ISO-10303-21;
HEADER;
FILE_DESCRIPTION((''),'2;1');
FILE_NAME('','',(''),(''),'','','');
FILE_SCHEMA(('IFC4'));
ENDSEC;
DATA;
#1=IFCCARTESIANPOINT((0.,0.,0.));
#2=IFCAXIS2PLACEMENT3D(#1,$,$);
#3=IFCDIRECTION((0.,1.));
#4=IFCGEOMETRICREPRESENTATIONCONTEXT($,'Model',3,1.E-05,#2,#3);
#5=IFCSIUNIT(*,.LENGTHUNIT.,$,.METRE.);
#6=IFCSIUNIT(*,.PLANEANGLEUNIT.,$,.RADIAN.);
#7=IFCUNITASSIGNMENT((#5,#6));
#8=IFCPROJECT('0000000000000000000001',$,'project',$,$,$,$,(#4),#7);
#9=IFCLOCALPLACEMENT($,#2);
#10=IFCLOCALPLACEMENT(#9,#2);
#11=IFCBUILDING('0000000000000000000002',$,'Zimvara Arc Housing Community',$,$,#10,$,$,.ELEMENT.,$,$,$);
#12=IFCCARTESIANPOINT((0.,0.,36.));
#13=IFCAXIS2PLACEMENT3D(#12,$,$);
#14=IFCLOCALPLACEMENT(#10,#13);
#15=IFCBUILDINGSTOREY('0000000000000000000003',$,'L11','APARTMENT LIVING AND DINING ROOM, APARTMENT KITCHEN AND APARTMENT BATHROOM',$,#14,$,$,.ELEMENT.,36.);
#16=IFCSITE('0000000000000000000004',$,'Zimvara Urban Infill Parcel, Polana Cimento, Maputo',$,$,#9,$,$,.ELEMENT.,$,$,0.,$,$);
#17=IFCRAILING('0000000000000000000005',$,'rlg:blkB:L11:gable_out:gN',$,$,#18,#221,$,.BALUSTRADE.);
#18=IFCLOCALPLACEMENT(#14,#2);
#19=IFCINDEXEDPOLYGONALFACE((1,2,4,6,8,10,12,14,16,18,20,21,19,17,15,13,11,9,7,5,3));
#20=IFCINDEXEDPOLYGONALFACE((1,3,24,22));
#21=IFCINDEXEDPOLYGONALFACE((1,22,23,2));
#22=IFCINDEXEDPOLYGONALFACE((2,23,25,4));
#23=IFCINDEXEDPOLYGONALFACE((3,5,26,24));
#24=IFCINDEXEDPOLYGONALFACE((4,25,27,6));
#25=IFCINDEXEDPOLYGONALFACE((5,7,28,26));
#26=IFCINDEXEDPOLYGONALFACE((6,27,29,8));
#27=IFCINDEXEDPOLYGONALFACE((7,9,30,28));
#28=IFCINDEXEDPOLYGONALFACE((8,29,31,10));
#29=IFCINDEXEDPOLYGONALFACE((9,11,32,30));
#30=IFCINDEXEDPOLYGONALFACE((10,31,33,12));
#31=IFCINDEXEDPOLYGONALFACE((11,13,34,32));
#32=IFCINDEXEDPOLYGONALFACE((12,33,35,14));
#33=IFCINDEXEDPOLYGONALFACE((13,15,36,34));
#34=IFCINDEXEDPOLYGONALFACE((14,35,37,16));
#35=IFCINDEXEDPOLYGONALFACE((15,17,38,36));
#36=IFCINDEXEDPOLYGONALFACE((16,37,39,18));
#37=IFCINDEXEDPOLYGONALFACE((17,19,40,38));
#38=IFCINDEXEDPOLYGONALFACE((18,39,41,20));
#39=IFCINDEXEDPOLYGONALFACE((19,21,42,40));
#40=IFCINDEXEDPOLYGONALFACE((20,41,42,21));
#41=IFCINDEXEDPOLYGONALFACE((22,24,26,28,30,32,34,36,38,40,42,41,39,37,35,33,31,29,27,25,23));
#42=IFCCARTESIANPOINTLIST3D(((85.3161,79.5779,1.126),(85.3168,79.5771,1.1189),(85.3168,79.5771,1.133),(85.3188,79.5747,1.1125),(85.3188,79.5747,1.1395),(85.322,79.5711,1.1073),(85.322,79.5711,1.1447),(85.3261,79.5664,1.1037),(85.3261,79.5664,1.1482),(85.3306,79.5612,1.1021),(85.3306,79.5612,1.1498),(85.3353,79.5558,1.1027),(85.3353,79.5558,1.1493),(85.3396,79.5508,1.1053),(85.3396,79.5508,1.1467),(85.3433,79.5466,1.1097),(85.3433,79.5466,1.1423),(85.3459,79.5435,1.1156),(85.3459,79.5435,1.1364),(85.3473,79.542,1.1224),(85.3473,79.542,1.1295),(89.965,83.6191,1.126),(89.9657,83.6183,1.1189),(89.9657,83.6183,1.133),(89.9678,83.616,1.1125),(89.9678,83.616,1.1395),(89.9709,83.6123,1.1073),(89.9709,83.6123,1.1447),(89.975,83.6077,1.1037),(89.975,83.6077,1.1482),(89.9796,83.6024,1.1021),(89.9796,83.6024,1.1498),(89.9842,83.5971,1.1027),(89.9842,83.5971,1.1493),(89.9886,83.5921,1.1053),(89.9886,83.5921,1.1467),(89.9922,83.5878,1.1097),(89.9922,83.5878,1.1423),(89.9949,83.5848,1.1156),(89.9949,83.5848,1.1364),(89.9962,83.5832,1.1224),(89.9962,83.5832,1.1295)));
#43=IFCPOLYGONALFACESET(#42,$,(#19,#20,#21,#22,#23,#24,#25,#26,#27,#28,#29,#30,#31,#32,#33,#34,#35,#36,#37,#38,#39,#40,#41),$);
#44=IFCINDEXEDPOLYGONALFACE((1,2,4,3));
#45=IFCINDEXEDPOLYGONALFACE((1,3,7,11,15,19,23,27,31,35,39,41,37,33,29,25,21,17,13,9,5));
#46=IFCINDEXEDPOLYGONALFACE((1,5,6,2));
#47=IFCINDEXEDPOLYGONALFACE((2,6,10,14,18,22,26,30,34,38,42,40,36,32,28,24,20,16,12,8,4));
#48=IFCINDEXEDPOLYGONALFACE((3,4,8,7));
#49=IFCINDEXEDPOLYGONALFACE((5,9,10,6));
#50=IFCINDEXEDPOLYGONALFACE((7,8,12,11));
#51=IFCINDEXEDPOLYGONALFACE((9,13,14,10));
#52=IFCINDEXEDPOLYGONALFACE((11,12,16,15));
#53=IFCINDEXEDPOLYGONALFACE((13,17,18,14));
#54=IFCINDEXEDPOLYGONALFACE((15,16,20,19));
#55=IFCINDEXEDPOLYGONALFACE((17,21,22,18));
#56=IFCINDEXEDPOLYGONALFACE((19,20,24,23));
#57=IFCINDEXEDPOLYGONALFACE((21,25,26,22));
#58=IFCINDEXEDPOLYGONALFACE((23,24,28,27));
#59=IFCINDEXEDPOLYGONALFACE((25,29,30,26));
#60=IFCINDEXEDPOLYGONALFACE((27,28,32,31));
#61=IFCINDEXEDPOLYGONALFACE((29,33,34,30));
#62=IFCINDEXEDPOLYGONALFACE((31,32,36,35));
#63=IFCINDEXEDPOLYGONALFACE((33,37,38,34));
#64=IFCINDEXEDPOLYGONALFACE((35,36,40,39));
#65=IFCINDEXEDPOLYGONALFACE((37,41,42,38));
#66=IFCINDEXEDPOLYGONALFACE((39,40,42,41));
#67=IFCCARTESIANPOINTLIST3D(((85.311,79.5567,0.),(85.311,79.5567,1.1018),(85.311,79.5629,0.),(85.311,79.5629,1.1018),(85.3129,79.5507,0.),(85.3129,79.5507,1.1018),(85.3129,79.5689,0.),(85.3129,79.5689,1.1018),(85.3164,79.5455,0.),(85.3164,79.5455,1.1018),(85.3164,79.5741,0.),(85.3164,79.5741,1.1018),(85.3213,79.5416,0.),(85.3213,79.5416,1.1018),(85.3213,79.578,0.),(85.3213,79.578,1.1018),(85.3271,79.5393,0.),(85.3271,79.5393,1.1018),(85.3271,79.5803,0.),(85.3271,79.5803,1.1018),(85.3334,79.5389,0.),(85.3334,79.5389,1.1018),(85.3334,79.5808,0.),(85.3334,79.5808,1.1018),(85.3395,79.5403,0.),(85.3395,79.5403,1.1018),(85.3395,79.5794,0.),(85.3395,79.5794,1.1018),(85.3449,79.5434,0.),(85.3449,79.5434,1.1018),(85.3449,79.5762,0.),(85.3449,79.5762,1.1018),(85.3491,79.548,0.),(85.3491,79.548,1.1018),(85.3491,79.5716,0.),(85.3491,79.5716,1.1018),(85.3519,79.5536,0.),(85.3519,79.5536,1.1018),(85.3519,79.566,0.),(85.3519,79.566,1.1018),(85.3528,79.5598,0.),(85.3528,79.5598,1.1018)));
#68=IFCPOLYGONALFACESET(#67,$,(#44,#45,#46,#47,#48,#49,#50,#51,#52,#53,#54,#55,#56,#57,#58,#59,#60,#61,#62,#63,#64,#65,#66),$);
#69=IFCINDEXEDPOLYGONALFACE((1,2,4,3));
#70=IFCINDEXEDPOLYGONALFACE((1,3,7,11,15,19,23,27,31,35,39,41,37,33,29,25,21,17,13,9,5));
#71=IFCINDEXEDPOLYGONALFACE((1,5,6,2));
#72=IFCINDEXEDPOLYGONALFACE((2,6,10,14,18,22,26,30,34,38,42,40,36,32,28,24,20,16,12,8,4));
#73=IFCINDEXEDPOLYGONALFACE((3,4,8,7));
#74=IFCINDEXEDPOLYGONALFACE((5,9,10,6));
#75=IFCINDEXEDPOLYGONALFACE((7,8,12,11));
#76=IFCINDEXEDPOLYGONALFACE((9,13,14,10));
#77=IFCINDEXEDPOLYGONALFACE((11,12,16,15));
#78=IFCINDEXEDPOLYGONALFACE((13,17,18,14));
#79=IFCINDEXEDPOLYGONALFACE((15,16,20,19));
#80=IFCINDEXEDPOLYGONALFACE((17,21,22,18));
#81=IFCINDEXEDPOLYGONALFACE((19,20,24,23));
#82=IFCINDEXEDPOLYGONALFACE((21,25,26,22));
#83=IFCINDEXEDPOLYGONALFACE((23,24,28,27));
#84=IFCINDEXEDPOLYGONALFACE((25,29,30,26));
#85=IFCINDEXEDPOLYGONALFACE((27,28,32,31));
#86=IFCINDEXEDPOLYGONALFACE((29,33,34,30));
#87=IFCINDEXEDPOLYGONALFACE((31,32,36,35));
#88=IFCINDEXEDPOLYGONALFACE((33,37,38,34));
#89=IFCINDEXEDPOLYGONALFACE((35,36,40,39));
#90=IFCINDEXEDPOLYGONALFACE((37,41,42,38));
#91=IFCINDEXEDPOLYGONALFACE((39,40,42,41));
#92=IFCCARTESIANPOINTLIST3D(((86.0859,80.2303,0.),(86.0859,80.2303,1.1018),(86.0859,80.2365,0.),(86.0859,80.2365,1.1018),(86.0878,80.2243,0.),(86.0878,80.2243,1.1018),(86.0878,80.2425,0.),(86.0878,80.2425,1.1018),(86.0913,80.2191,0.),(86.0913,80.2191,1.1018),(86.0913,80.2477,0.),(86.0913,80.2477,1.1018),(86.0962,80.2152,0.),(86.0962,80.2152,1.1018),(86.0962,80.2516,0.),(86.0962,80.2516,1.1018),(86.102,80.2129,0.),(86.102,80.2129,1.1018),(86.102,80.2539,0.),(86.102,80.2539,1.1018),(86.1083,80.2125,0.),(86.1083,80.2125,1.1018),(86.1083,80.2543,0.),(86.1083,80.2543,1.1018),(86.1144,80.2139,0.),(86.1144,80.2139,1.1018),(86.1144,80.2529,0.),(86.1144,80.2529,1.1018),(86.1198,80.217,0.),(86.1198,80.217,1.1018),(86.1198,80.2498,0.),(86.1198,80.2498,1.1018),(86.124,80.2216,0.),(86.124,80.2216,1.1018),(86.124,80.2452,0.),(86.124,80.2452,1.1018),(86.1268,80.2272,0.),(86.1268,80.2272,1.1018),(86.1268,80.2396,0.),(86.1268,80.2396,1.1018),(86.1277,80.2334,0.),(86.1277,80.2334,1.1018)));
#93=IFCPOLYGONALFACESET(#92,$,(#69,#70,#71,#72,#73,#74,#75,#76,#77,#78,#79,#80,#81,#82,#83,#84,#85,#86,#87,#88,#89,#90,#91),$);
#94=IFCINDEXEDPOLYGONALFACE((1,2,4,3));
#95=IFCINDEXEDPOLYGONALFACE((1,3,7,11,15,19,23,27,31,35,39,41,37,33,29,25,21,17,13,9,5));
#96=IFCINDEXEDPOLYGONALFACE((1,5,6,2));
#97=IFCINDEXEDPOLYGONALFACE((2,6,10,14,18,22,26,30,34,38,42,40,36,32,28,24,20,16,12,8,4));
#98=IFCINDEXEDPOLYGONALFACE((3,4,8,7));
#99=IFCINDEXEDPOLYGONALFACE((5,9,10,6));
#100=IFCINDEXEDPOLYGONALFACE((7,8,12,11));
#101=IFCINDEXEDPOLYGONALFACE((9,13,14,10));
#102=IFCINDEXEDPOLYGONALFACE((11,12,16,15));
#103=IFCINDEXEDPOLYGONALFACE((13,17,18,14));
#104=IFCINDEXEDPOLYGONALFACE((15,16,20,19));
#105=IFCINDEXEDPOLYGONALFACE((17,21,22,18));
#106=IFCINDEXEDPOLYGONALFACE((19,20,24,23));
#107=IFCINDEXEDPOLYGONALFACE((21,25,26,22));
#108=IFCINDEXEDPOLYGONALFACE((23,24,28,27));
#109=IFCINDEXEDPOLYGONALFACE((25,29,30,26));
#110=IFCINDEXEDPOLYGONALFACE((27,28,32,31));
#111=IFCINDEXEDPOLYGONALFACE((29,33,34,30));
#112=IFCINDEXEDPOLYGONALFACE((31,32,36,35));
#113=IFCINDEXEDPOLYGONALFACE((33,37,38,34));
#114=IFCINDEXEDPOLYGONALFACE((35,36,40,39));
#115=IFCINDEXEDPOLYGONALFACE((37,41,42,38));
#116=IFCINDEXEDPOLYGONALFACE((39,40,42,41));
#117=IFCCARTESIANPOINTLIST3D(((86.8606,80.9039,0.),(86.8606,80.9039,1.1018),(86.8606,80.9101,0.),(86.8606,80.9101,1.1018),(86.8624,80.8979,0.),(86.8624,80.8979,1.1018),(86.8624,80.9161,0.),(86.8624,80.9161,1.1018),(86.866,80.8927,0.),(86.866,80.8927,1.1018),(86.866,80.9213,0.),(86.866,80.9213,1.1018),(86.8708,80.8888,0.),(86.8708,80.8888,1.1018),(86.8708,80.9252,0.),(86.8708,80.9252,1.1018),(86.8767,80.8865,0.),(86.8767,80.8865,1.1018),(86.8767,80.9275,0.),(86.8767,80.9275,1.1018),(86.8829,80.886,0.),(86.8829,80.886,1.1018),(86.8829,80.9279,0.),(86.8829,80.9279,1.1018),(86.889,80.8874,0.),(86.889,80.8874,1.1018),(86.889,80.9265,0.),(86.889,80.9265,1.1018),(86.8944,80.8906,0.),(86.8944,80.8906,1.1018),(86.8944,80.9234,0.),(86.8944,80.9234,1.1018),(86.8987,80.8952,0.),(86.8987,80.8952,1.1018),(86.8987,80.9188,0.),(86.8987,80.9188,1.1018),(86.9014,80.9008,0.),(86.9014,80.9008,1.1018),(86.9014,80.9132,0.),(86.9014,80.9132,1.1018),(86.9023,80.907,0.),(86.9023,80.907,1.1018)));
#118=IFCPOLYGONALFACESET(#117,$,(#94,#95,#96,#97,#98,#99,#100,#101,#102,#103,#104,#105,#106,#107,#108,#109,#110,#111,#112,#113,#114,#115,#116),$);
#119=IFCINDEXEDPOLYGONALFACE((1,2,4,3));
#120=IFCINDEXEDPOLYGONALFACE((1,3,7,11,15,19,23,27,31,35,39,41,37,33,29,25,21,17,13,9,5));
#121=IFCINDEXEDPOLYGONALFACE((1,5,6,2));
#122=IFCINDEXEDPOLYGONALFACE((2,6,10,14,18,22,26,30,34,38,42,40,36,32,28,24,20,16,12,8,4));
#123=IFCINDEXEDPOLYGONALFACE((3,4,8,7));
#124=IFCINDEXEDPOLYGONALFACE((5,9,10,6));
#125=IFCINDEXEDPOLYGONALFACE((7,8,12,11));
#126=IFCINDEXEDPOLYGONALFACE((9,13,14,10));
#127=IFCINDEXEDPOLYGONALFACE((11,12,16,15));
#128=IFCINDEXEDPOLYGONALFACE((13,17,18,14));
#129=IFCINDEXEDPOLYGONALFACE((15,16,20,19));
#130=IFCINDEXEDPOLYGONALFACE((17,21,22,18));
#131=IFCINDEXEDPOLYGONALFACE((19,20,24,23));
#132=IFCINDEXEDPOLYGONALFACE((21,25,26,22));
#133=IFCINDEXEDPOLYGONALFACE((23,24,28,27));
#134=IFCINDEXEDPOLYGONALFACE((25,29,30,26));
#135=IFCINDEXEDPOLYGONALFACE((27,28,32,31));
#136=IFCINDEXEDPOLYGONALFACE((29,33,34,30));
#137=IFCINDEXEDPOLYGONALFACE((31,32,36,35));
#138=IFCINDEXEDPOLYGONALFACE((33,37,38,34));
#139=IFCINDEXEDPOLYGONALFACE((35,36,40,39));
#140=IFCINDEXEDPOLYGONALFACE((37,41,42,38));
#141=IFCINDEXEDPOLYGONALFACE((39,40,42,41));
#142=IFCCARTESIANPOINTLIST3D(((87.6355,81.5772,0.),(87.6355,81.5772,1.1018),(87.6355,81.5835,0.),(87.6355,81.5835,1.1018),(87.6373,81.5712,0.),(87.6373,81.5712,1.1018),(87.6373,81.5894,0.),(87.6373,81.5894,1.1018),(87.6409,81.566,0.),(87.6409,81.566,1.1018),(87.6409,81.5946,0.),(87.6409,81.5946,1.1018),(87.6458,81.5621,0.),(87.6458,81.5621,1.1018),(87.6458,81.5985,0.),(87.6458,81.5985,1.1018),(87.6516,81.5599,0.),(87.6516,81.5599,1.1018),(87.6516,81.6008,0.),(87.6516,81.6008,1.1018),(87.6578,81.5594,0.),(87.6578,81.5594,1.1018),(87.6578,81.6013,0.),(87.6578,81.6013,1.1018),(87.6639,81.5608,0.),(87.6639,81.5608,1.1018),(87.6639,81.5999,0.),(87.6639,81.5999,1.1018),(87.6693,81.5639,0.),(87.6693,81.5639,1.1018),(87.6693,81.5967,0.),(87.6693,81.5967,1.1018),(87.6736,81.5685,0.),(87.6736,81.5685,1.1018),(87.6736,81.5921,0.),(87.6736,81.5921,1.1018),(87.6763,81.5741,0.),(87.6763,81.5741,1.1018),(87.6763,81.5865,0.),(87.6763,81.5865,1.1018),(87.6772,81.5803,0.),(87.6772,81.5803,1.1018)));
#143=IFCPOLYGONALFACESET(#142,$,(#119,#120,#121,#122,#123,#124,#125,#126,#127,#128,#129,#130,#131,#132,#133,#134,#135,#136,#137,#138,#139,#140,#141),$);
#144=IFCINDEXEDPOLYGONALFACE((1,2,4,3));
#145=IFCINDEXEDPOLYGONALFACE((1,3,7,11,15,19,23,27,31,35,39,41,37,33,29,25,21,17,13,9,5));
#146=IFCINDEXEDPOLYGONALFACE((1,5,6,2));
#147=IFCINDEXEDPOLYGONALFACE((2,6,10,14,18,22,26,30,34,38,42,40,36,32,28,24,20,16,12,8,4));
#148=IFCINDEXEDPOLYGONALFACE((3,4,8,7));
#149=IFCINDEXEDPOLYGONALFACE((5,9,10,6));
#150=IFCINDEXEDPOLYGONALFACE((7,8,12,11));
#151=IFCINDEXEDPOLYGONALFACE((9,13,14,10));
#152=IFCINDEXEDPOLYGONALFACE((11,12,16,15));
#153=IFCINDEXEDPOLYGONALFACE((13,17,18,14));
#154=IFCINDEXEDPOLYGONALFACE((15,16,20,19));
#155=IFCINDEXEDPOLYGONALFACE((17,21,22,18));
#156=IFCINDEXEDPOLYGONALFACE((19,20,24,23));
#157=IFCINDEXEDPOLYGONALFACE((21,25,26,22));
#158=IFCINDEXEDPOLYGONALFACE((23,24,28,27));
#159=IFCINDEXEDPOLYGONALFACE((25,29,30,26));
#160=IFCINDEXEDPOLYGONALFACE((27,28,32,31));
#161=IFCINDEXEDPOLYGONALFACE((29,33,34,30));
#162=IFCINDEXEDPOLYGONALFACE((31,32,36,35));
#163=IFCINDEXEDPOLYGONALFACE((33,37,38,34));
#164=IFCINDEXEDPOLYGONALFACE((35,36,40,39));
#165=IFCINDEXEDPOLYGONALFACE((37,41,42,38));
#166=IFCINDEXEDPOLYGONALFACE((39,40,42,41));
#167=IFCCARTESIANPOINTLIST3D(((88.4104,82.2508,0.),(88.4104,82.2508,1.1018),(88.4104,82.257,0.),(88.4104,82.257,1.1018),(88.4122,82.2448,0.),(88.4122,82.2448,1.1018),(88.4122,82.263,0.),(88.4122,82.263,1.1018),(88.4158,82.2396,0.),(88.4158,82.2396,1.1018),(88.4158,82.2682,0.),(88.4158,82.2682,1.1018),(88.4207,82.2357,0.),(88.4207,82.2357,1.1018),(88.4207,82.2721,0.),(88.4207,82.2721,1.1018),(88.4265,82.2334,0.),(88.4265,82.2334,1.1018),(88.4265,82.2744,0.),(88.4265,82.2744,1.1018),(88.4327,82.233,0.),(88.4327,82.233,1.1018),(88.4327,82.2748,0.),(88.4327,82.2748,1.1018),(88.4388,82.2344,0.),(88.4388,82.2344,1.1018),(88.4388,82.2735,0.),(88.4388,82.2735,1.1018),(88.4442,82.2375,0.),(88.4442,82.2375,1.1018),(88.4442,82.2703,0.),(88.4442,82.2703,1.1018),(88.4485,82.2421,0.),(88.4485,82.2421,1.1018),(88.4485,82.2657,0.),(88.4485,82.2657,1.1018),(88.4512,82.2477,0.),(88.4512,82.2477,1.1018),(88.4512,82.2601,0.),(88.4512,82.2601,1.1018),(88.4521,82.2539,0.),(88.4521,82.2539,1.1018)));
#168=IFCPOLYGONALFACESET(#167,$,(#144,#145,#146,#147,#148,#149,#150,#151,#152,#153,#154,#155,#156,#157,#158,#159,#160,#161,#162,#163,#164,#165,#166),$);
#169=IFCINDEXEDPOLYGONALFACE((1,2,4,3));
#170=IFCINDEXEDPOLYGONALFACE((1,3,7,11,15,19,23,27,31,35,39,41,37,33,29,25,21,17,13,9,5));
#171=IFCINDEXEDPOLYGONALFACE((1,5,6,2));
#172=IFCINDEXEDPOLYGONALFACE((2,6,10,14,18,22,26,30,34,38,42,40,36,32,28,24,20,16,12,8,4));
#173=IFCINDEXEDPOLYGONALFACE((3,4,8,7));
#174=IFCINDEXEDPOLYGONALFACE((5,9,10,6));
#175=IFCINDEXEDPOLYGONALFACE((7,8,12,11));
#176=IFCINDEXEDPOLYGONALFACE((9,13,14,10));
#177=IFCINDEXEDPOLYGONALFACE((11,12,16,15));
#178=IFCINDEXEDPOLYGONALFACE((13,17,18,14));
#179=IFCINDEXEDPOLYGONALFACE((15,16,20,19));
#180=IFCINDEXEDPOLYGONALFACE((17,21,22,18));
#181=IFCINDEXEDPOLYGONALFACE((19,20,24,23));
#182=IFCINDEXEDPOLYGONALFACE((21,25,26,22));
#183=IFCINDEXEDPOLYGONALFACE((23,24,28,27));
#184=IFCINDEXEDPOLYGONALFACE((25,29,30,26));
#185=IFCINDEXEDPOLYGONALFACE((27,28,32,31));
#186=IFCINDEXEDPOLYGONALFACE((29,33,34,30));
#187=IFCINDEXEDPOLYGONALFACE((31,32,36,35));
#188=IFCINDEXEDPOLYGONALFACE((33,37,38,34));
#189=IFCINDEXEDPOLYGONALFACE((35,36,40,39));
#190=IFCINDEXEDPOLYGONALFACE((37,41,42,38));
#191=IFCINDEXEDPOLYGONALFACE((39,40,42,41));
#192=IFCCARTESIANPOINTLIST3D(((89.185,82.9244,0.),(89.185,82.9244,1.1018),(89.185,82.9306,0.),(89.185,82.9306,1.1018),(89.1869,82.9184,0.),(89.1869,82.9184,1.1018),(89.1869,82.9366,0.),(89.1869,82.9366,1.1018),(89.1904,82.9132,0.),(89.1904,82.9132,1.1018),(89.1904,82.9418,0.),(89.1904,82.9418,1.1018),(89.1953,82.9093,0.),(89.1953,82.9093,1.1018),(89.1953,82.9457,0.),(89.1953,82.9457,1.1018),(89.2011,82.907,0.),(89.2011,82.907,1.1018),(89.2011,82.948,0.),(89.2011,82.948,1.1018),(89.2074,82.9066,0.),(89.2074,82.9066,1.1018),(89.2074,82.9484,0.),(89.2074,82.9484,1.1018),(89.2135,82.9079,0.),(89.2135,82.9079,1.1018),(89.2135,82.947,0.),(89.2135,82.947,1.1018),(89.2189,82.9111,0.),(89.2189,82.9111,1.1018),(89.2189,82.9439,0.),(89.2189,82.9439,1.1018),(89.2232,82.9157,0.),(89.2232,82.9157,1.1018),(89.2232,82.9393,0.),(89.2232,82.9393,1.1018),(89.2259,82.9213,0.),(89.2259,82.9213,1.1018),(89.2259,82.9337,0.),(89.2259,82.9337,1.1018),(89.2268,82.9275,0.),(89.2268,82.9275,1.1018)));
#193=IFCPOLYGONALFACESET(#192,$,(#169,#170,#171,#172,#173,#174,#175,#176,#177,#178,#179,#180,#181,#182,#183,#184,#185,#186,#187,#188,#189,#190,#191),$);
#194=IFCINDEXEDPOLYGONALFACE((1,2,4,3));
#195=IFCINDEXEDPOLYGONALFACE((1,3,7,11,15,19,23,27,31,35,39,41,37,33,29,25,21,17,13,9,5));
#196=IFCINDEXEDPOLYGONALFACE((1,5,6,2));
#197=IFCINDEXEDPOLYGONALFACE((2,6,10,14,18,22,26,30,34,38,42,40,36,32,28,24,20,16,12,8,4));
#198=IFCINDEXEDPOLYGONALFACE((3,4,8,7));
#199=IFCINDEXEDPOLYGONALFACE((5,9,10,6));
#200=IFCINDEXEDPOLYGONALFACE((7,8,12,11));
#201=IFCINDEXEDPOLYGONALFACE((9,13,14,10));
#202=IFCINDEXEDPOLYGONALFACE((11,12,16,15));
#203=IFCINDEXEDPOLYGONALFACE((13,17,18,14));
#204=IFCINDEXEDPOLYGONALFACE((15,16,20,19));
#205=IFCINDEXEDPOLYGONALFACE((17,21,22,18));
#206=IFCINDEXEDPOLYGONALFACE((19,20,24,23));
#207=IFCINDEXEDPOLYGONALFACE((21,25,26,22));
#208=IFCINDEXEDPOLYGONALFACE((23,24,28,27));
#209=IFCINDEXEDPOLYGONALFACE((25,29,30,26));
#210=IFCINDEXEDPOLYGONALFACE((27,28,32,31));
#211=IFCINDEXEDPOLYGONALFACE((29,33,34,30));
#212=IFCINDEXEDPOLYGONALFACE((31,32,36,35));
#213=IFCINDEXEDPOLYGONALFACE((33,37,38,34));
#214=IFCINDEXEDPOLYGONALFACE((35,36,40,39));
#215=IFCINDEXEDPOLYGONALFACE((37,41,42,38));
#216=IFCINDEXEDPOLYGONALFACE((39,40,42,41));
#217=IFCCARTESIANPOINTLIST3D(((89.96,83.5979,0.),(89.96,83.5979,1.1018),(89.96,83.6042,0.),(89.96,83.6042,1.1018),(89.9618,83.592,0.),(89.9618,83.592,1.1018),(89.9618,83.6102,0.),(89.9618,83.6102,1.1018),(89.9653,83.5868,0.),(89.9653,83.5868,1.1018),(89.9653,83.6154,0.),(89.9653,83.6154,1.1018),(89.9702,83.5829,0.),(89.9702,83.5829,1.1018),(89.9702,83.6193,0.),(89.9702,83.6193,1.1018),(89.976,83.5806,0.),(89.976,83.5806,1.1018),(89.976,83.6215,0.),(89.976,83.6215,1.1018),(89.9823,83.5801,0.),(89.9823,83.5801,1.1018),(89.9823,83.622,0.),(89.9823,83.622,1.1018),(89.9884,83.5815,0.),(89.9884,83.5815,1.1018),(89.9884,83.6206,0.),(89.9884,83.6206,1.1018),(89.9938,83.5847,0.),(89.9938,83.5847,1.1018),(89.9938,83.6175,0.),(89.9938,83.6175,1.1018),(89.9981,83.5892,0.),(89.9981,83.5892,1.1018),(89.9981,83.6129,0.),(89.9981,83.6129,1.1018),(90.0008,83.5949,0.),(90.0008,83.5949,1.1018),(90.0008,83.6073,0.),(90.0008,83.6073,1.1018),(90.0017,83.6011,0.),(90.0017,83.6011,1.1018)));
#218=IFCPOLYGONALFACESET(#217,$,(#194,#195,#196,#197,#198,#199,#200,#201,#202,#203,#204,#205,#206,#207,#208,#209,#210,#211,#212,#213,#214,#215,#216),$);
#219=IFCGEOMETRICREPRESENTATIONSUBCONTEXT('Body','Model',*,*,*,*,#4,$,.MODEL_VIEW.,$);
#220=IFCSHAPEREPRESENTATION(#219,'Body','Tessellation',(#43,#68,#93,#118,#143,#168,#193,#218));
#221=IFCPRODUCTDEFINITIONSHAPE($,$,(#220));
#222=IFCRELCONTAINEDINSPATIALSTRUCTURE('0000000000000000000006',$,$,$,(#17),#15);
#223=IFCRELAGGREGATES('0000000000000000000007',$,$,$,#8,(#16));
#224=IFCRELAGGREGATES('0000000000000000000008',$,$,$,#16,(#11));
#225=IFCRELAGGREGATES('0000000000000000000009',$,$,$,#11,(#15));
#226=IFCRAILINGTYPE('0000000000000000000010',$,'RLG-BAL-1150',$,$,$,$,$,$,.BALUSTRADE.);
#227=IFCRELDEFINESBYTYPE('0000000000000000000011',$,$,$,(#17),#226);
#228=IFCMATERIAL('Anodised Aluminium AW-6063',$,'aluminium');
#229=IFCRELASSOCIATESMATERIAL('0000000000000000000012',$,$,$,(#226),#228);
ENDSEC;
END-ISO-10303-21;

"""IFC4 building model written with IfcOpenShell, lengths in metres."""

from ifc_helpers import new_model, si_unit, direction, frame, origin, origin_2d, place, context, subcontext, project, spatial, circle, extrude, material, type_object, element, save


model = new_model("IFC4")

# Units and contexts
model_context = context("Model", 3, precision=1e-05, world=origin(), true_north=direction((0.0, 1.0)))
body_context = subcontext(model_context, "Body", "Model", "MODEL_VIEW")
ifc_project = project(units=[si_unit("LENGTHUNIT", "METRE"), si_unit("PLANEANGLEUNIT", "RADIAN")], contexts=[model_context])

# Site, building, storey
site_placement = place(None, origin())
site = spatial("IfcSite", under=ifc_project, at=site_placement, Name="Zimvara Urban Infill Parcel, Polana Cimento, Maputo", CompositionType="ELEMENT", RefElevation=0.0)
building_placement = place(site_placement, origin())
building = spatial("IfcBuilding", under=site, at=building_placement, Name="Zimvara Arc Housing Community", CompositionType="ELEMENT")
storey_placement = place(building_placement, frame((0.0, 0.0, 36.0)))
storey = spatial("IfcBuildingStorey", under=building, at=storey_placement, Name="L11", Description="APARTMENT LIVING AND DINING ROOM, APARTMENT KITCHEN AND APARTMENT BATHROOM", CompositionType="ELEMENT", Elevation=36.0)

# Railing
ifc_material_1 = material(Name="Anodised Aluminium AW-6063", Category="aluminium")
railing_type_1 = type_object("IfcRailingType", Name="RLG-BAL-1150", PredefinedType="BALUSTRADE", material=ifc_material_1)
railing_1_placement = place(storey_placement, frame((85.3318, 79.5598, 0.0)))
element("IfcRailing", 1, at=railing_1_placement, inside=storey, type_object=railing_type_1, Name="rlg:blkB:L11:gable_out:gN", PredefinedType="BALUSTRADE", context=body_context, shape_type="SweptSolid", body=[
    extrude(circle(Radius=0.0239, at=origin_2d()), frame((0.0, 0.0, 1.126), z_axis=(0.754709, 0.65606, 0.0), x_axis=(-0.65606, 0.754709, 0.0)), (0.0, 0.0, 1.0), 6.1599),
    extrude(circle(Radius=0.021, at=origin_2d()), origin(), (0.0, 0.0, 1.0), 1.1018),
    extrude(circle(Radius=0.021, at=origin_2d()), frame((0.7749, 0.6736, 0.0)), (0.0, 0.0, 1.0), 1.1018),
    extrude(circle(Radius=0.021, at=origin_2d()), frame((1.5496, 1.3472, 0.0)), (0.0, 0.0, 1.0), 1.1018),
    extrude(circle(Radius=0.021, at=origin_2d()), frame((2.3245, 2.0205, 0.0)), (0.0, 0.0, 1.0), 1.1018),
    extrude(circle(Radius=0.021, at=origin_2d()), frame((3.0994, 2.6941, 0.0)), (0.0, 0.0, 1.0), 1.1018),
    extrude(circle(Radius=0.021, at=origin_2d()), frame((3.874, 3.3677, 0.0)), (0.0, 0.0, 1.0), 1.1018),
    extrude(circle(Radius=0.021, at=origin_2d()), frame((4.6489, 4.0413, 0.0)), (0.0, 0.0, 1.0), 1.1018),
])

save(model, "model.ifc")
